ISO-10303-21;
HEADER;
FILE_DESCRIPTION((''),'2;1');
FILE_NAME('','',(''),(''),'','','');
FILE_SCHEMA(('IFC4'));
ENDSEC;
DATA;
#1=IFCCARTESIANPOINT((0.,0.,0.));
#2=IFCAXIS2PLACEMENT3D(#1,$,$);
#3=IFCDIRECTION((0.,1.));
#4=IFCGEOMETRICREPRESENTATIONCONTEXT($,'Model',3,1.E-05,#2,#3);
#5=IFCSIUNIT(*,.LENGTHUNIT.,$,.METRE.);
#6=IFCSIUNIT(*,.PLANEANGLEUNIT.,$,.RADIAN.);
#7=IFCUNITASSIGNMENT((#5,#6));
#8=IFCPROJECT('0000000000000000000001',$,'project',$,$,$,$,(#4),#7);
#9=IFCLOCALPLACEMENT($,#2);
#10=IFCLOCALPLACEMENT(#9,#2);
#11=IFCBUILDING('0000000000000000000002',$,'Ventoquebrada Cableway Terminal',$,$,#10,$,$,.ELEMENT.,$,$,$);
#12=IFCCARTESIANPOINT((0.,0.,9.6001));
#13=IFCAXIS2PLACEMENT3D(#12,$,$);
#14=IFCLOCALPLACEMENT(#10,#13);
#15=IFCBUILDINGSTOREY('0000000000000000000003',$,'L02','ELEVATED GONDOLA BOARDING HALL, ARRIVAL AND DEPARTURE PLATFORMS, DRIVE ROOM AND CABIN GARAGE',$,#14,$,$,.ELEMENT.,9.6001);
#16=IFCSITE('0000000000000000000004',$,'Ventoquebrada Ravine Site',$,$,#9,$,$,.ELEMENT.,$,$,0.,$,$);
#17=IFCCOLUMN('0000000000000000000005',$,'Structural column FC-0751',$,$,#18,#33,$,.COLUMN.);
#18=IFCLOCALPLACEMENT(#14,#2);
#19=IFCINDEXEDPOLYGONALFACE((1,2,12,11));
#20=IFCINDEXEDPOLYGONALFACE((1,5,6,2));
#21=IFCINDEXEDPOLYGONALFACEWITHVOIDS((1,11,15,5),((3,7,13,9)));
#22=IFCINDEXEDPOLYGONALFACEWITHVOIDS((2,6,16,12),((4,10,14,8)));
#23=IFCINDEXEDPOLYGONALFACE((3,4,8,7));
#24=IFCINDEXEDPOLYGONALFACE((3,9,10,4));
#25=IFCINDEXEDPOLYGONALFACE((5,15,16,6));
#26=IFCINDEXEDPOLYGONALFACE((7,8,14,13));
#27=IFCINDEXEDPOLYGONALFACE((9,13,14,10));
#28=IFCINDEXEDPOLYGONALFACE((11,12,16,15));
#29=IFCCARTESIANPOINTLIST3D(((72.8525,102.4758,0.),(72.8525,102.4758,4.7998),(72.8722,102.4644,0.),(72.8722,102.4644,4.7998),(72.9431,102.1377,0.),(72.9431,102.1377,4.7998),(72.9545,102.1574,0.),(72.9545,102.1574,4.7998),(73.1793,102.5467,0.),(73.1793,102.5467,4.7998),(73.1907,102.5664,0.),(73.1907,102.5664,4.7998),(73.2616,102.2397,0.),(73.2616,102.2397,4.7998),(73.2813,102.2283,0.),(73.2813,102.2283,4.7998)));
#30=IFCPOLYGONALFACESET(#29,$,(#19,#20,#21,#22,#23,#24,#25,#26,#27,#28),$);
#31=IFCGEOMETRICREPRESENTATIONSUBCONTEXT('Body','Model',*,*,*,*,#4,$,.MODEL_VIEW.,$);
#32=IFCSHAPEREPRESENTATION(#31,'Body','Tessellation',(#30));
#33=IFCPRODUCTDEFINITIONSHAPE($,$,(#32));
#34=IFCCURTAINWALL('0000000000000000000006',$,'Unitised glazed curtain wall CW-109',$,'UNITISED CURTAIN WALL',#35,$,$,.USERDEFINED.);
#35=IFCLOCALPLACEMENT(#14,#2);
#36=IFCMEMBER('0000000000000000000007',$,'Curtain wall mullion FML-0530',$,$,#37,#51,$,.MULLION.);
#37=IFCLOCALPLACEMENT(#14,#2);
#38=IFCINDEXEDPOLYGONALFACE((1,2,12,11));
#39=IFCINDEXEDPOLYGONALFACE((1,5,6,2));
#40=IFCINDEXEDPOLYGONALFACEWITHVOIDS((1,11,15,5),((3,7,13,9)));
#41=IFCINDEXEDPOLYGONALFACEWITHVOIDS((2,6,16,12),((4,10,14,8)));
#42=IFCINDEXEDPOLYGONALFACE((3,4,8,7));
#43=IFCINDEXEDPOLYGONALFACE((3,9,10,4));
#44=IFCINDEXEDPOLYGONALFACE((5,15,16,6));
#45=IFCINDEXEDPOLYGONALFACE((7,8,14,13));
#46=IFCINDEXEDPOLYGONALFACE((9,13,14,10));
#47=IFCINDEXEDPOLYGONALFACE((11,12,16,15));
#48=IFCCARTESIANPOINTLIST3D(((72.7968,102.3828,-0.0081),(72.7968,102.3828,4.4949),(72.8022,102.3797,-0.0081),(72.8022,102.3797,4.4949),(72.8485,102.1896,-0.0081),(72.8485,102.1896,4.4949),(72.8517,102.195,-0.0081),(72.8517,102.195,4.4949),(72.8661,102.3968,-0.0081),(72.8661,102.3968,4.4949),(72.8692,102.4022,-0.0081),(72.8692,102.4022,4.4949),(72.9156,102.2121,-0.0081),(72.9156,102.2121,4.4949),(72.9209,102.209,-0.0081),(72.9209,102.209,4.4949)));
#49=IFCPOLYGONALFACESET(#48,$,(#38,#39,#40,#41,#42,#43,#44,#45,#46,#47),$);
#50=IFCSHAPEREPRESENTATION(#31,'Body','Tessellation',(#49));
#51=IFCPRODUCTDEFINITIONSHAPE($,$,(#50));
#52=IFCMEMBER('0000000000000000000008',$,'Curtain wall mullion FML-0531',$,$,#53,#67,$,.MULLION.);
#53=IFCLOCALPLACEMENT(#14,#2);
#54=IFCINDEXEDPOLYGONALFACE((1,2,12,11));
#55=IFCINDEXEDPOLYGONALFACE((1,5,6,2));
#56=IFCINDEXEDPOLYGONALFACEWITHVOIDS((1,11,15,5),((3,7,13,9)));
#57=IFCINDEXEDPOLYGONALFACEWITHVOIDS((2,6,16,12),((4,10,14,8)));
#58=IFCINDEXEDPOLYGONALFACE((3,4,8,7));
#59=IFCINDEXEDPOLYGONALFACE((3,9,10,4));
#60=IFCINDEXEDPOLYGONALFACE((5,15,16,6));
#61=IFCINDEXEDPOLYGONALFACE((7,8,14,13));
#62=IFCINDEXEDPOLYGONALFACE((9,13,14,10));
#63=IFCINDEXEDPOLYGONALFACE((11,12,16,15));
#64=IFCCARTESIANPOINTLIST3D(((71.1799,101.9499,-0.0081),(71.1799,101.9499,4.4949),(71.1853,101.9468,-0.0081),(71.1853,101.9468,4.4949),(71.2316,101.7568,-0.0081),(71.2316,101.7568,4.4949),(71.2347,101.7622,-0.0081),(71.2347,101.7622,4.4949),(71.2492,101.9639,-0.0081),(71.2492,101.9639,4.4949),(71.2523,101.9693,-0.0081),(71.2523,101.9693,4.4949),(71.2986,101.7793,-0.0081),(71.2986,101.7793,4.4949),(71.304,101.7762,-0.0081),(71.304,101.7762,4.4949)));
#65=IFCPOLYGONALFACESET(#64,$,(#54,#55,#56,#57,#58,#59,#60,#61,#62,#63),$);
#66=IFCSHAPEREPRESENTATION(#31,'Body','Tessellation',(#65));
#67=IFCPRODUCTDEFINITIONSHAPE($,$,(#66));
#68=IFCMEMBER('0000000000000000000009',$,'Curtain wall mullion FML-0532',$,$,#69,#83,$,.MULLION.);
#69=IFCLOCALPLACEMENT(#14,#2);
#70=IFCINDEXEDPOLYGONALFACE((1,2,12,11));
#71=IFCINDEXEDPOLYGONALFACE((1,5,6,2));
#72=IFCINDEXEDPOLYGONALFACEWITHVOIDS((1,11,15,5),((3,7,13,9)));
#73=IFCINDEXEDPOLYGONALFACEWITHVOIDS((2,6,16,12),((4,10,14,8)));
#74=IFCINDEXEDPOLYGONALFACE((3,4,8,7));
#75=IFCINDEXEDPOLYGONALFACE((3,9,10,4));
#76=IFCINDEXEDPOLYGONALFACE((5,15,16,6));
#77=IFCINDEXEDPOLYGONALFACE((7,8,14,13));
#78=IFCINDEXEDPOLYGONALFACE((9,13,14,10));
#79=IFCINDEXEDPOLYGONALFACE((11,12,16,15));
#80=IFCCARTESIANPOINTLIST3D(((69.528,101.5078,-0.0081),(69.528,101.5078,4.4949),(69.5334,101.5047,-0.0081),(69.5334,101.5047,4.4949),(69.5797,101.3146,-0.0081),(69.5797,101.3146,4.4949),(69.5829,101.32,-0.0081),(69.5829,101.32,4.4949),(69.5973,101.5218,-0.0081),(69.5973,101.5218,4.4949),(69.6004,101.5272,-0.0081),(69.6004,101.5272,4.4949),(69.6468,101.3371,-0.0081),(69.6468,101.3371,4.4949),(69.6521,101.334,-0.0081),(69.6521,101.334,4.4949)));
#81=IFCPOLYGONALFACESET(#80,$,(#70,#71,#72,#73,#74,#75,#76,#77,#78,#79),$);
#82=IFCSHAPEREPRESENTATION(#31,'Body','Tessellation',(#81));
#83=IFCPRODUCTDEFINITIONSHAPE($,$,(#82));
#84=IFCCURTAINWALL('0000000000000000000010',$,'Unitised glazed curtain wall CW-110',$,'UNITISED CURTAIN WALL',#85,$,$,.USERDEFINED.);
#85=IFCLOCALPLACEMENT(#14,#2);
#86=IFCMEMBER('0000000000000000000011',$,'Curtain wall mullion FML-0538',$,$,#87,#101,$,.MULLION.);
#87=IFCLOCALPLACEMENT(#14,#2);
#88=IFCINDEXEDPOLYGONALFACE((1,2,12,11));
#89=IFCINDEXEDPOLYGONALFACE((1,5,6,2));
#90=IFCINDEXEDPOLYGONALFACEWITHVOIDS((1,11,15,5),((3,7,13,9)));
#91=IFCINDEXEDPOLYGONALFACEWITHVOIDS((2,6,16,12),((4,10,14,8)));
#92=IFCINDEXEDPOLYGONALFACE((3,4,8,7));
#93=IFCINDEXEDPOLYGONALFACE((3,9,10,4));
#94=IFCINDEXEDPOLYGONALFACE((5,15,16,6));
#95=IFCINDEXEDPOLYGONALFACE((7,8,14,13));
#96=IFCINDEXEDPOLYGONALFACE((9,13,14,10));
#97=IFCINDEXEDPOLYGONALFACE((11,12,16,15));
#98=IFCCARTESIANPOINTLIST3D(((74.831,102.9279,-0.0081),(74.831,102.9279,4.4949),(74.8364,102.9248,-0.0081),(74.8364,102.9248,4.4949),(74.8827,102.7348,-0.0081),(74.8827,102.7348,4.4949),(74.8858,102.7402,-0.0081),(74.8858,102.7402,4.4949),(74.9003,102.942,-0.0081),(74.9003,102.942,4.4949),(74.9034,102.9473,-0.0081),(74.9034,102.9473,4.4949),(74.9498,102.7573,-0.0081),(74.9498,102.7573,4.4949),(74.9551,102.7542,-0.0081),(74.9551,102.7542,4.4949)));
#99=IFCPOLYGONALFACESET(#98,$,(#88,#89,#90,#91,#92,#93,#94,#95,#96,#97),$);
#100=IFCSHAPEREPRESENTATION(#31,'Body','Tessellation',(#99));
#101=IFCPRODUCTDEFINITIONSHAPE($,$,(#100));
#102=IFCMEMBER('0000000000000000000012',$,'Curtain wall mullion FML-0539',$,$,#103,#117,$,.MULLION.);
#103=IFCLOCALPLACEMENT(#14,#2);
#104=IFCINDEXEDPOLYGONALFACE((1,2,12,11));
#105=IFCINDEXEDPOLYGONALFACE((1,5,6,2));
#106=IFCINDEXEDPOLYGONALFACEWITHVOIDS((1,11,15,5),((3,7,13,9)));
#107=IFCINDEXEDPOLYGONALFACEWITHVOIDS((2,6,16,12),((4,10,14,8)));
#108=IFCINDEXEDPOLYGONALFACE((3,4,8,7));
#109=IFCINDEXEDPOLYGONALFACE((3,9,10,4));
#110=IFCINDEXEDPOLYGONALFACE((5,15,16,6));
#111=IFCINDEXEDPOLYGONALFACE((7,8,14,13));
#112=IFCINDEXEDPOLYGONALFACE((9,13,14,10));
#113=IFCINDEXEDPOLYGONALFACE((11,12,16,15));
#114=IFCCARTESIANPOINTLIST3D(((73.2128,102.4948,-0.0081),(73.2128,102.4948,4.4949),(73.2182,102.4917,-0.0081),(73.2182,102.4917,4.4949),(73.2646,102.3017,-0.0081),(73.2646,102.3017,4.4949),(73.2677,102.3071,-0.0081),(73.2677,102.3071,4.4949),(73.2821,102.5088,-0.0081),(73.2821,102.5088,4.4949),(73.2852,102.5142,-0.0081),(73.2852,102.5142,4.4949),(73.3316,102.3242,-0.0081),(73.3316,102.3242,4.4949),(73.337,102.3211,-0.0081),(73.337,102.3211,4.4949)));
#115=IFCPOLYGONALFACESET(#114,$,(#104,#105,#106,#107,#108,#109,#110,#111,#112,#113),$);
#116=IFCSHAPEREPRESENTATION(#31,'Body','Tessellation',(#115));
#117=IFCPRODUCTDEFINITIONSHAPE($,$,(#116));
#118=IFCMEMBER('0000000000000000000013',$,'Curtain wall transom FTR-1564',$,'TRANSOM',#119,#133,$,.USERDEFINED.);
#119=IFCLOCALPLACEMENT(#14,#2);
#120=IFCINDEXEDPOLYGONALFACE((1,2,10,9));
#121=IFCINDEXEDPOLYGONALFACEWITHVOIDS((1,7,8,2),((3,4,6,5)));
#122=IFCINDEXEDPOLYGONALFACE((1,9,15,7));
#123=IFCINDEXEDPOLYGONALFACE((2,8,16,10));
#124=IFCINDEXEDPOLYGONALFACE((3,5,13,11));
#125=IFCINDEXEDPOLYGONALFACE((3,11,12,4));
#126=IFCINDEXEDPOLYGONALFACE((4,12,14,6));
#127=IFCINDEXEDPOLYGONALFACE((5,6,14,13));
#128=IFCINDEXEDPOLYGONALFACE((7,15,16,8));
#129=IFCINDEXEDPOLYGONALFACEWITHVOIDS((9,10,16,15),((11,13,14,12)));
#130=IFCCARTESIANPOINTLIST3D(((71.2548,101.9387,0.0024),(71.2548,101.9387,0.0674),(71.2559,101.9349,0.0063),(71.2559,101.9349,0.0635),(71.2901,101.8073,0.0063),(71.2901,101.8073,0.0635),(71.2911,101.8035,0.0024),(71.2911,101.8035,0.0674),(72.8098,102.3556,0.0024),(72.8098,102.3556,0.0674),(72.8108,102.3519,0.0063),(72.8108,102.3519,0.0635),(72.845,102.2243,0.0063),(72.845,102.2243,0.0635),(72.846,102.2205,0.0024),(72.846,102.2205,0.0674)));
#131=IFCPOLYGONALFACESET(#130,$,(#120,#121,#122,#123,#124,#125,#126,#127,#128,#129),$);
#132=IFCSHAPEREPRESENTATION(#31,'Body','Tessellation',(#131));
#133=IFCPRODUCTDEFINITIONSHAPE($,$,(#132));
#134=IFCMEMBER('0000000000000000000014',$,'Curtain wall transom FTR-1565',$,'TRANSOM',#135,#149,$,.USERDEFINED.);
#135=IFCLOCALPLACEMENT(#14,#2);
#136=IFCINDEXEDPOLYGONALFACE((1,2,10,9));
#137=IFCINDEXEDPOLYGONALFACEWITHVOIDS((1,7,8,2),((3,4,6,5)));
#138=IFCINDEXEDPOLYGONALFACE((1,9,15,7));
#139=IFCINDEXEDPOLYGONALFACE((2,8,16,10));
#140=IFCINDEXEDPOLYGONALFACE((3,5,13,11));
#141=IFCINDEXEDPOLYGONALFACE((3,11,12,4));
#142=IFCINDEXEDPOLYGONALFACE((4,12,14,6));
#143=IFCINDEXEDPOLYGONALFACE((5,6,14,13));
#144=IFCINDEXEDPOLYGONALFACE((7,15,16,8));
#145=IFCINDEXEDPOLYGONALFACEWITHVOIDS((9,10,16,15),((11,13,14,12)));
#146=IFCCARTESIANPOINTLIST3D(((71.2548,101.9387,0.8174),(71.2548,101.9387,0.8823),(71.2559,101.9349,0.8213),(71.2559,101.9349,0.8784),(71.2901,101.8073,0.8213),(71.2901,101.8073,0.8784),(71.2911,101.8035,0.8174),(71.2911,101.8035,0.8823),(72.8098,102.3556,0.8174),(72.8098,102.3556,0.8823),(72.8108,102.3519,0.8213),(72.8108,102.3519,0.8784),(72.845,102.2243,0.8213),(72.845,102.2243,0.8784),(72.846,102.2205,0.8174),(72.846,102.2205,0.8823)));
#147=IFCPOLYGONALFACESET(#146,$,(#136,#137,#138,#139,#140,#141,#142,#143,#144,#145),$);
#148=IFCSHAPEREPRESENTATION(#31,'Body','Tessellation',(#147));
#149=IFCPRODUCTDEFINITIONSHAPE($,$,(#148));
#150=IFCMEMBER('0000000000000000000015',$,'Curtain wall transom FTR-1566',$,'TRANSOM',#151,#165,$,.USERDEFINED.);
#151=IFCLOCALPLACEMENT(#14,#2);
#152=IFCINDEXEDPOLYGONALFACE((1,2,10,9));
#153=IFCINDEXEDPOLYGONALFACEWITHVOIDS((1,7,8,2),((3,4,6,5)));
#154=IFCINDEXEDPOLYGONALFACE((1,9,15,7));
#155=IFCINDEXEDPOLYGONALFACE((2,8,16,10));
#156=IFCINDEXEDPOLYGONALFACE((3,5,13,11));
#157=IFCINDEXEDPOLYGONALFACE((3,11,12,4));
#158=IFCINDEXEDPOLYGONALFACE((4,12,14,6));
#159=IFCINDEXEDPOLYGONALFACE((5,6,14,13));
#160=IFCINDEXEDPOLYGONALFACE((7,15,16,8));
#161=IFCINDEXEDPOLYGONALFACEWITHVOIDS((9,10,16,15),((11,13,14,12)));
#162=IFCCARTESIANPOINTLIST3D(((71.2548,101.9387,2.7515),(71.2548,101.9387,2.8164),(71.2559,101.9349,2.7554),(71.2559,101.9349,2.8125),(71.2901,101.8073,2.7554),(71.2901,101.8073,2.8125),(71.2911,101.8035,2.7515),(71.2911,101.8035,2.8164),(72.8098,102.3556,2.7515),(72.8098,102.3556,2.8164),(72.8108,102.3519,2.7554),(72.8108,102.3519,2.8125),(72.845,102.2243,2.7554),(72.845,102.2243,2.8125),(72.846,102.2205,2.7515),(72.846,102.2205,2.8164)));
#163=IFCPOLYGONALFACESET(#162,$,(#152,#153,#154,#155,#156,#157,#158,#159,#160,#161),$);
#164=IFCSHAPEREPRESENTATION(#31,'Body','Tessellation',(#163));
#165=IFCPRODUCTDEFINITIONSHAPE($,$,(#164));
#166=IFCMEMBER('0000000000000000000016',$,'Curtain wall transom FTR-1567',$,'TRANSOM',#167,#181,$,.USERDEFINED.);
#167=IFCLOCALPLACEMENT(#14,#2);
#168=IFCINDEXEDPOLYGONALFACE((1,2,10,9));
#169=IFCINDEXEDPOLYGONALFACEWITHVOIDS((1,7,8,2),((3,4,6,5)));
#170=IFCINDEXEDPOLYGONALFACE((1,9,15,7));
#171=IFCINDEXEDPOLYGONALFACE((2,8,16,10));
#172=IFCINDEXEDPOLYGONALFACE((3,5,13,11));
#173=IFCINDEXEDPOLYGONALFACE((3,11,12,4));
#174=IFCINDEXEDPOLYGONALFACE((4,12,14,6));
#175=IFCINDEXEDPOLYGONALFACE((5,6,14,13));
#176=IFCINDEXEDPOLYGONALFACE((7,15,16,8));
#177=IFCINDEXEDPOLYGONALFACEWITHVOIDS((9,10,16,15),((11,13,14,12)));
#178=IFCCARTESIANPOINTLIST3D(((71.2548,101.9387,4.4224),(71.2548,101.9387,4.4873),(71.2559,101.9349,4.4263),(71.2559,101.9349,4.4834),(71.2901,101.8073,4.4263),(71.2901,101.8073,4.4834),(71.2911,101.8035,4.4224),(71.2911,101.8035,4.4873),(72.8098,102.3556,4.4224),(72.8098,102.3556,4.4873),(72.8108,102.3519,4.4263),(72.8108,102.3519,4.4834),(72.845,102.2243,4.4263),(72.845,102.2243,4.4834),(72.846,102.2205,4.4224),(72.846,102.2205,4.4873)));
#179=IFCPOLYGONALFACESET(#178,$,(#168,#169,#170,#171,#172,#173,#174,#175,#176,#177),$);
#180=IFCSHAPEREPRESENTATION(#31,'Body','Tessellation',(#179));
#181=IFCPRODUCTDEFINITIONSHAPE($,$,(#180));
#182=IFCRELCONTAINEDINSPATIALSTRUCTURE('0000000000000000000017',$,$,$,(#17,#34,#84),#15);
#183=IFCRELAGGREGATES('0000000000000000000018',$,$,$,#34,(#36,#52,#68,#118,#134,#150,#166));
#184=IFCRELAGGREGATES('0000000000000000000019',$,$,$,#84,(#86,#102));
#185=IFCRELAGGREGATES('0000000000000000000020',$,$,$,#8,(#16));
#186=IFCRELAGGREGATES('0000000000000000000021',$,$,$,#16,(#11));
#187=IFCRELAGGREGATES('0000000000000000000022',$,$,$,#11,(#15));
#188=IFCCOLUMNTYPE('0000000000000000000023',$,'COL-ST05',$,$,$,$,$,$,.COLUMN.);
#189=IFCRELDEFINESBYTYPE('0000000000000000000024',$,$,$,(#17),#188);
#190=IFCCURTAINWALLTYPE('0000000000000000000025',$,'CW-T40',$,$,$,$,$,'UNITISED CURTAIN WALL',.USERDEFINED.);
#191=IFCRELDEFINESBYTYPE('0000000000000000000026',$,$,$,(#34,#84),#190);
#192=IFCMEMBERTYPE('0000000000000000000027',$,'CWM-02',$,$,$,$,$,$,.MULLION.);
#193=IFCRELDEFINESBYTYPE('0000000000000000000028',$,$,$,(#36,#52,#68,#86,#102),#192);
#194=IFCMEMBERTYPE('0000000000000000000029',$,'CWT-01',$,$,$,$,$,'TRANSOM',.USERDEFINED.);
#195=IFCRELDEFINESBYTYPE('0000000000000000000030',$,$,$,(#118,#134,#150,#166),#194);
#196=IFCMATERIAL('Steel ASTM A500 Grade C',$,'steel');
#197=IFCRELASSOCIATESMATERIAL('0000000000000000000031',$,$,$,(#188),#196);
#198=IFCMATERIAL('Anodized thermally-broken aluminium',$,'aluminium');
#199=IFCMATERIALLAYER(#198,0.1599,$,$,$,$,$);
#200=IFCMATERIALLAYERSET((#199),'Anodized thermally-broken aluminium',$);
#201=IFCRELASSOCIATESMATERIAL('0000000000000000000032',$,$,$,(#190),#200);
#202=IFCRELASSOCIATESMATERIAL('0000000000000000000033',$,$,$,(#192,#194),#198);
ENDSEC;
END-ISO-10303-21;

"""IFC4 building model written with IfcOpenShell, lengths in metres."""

from ifc_helpers import new_model, si_unit, direction, frame, origin, origin_2d, place, context, subcontext, project, spatial, hollow_rectangle, extrude, material, layer, layer_set, material_profile, profile_set, type_object, element, aggregate, save


model = new_model("IFC4")

# Units and contexts
model_context = context("Model", 3, precision=1e-05, world=origin(), true_north=direction((0.0, 1.0)))
body_context = subcontext(model_context, "Body", "Model", "MODEL_VIEW")
ifc_project = project(units=[si_unit("LENGTHUNIT", "METRE"), si_unit("PLANEANGLEUNIT", "RADIAN")], contexts=[model_context])

# Site, building, storey
site_placement = place(None, origin())
site = spatial("IfcSite", under=ifc_project, at=site_placement, Name="Ventoquebrada Ravine Site", CompositionType="ELEMENT", RefElevation=0.0)
building_placement = place(site_placement, origin())
building = spatial("IfcBuilding", under=site, at=building_placement, Name="Ventoquebrada Cableway Terminal", CompositionType="ELEMENT")
storey_placement = place(building_placement, frame((0.0, 0.0, 9.6001)))
storey = spatial("IfcBuildingStorey", under=building, at=storey_placement, Name="L02", Description="ELEVATED GONDOLA BOARDING HALL, ARRIVAL AND DEPARTURE PLATFORMS, DRIVE ROOM AND CABIN GARAGE", CompositionType="ELEMENT", Elevation=9.6001)

# Column
ifc_material_1 = material(Name="Steel ASTM A500 Grade C", Category="steel")
ifc_material_profile_1 = material_profile(ifc_material_1, hollow_rectangle(XDim=0.3501, YDim=0.3501, WallThickness=0.0161, at=origin_2d()), Name="HSS350X350X16")
ifc_profile_set_1 = profile_set([ifc_material_profile_1], Name="Steel ASTM A500 Grade C")
column_type = type_object("IfcColumnType", Name="COL-ST05", PredefinedType="COLUMN", material=ifc_profile_set_1)
column_placement = place(storey_placement, frame((73.0669, 102.3521, 0.0), z_axis=(0.0, 0.0, 1.0), x_axis=(0.965926, 0.258819, 0.0)))
element("IfcColumn", 1, at=column_placement, inside=storey, type_object=column_type, Name="Structural column FC-0751", PredefinedType="COLUMN", context=body_context, shape_type="SweptSolid", body=[
    extrude(hollow_rectangle(XDim=0.3501, YDim=0.3501, WallThickness=0.0161, at=origin_2d()), origin(), (0.0, 0.0, 1.0), 4.7998),
])

# Curtain walls, members
ifc_material_2 = material(Name="Anodized thermally-broken aluminium", Category="aluminium")
ifc_layer_1 = layer(ifc_material_2, 0.1599)
ifc_layer_set_1 = layer_set([ifc_layer_1], Name="Anodized thermally-broken aluminium")
curtain_wall_type = type_object("IfcCurtainWallType", Name="CW-T40", ElementType="UNITISED CURTAIN WALL", PredefinedType="USERDEFINED", material=ifc_layer_set_1)
curtain_wall_1_placement = place(storey_placement, origin())
curtain_wall_1 = element("IfcCurtainWall", 2, at=curtain_wall_1_placement, inside=storey, type_object=curtain_wall_type, Name="Unitised glazed curtain wall CW-109", ObjectType="UNITISED CURTAIN WALL", PredefinedType="USERDEFINED")
ifc_material_profile_2 = material_profile(ifc_material_2, hollow_rectangle(XDim=0.075, YDim=0.2, WallThickness=0.0044, at=origin_2d()), Name="CW-MUL-75X200")
ifc_profile_set_2 = profile_set([ifc_material_profile_2], Name="Anodized thermally-broken aluminium")
member_type_1 = type_object("IfcMemberType", Name="CWM-02", PredefinedType="MULLION", material=ifc_profile_set_2)
member_1_placement = place(storey_placement, frame((72.8589, 102.2959, -0.0081), z_axis=(0.0, 0.0, 1.0), x_axis=(-0.965966, -0.258667, 0.0)))
member_1 = element("IfcMember", 3, at=member_1_placement, type_object=member_type_1, Name="Curtain wall mullion FML-0530", PredefinedType="MULLION", context=body_context, shape_type="SweptSolid", body=[
    extrude(hollow_rectangle(XDim=0.075, YDim=0.2, WallThickness=0.0044, at=origin_2d()), origin(), (0.0, 0.0, 1.0), 4.5029),
])
member_2_placement = place(storey_placement, frame((71.2419, 101.863, -0.0081), z_axis=(0.0, 0.0, 1.0), x_axis=(-0.965966, -0.258667, 0.0)))
member_2 = element("IfcMember", 4, at=member_2_placement, type_object=member_type_1, Name="Curtain wall mullion FML-0531", PredefinedType="MULLION", context=body_context, shape_type="SweptSolid", body=[
    extrude(hollow_rectangle(XDim=0.075, YDim=0.2, WallThickness=0.0044, at=origin_2d()), origin(), (0.0, 0.0, 1.0), 4.5029),
])
member_3_placement = place(storey_placement, frame((69.5901, 101.4209, -0.0081), z_axis=(0.0, 0.0, 1.0), x_axis=(-0.965966, -0.258667, 0.0)))
member_3 = element("IfcMember", 5, at=member_3_placement, type_object=member_type_1, Name="Curtain wall mullion FML-0532", PredefinedType="MULLION", context=body_context, shape_type="SweptSolid", body=[
    extrude(hollow_rectangle(XDim=0.075, YDim=0.2, WallThickness=0.0044, at=origin_2d()), origin(), (0.0, 0.0, 1.0), 4.5029),
])
curtain_wall_2_placement = place(storey_placement, origin())
curtain_wall_2 = element("IfcCurtainWall", 6, at=curtain_wall_2_placement, inside=storey, type_object=curtain_wall_type, Name="Unitised glazed curtain wall CW-110", ObjectType="UNITISED CURTAIN WALL", PredefinedType="USERDEFINED")
member_4_placement = place(storey_placement, frame((74.8931, 102.8411, -0.0081), z_axis=(0.0, 0.0, 1.0), x_axis=(-0.965939, -0.258768, 0.0)))
member_4 = element("IfcMember", 7, at=member_4_placement, type_object=member_type_1, Name="Curtain wall mullion FML-0538", PredefinedType="MULLION", context=body_context, shape_type="SweptSolid", body=[
    extrude(hollow_rectangle(XDim=0.075, YDim=0.2, WallThickness=0.0044, at=origin_2d()), origin(), (0.0, 0.0, 1.0), 4.5029),
])
member_5_placement = place(storey_placement, frame((73.2749, 102.408, -0.0081), z_axis=(0.0, 0.0, 1.0), x_axis=(-0.965939, -0.258768, 0.0)))
member_5 = element("IfcMember", 8, at=member_5_placement, type_object=member_type_1, Name="Curtain wall mullion FML-0539", PredefinedType="MULLION", context=body_context, shape_type="SweptSolid", body=[
    extrude(hollow_rectangle(XDim=0.075, YDim=0.2, WallThickness=0.0044, at=origin_2d()), origin(), (0.0, 0.0, 1.0), 4.5029),
])

# Members
ifc_material_profile_3 = material_profile(ifc_material_2, hollow_rectangle(XDim=0.0649, YDim=0.1399, WallThickness=0.0039, at=origin_2d()), Name="CW-TRN-65X140")
ifc_profile_set_3 = profile_set([ifc_material_profile_3], Name="Anodized thermally-broken aluminium")
member_type_2 = type_object("IfcMemberType", Name="CWT-01", ElementType="TRANSOM", PredefinedType="USERDEFINED", material=ifc_profile_set_3)
member_6_placement = place(storey_placement, frame((72.8279, 102.2881, 0.0349), z_axis=(-0.965872, -0.259022, 0.0), x_axis=(0.0, 0.0, 1.0)))
member_6 = element("IfcMember", 9, at=member_6_placement, type_object=member_type_2, Name="Curtain wall transom FTR-1564", ObjectType="TRANSOM", PredefinedType="USERDEFINED", context=body_context, shape_type="SweptSolid", body=[
    extrude(hollow_rectangle(XDim=0.0649, YDim=0.1399, WallThickness=0.0039, at=origin_2d()), origin(), (0.0, 0.0, 1.0), 1.6099),
])
member_7_placement = place(storey_placement, frame((72.8279, 102.2881, 0.8499), z_axis=(-0.965872, -0.259022, 0.0), x_axis=(0.0, 0.0, 1.0)))
member_7 = element("IfcMember", 10, at=member_7_placement, type_object=member_type_2, Name="Curtain wall transom FTR-1565", ObjectType="TRANSOM", PredefinedType="USERDEFINED", context=body_context, shape_type="SweptSolid", body=[
    extrude(hollow_rectangle(XDim=0.0649, YDim=0.1399, WallThickness=0.0039, at=origin_2d()), origin(), (0.0, 0.0, 1.0), 1.6099),
])
member_8_placement = place(storey_placement, frame((72.8279, 102.2881, 2.7839), z_axis=(-0.965872, -0.259022, 0.0), x_axis=(0.0, 0.0, 1.0)))
member_8 = element("IfcMember", 11, at=member_8_placement, type_object=member_type_2, Name="Curtain wall transom FTR-1566", ObjectType="TRANSOM", PredefinedType="USERDEFINED", context=body_context, shape_type="SweptSolid", body=[
    extrude(hollow_rectangle(XDim=0.0649, YDim=0.1399, WallThickness=0.0039, at=origin_2d()), origin(), (0.0, 0.0, 1.0), 1.6099),
])
member_9_placement = place(storey_placement, frame((72.8279, 102.2881, 4.4548), z_axis=(-0.965872, -0.259022, 0.0), x_axis=(0.0, 0.0, 1.0)))
member_9 = element("IfcMember", 12, at=member_9_placement, type_object=member_type_2, Name="Curtain wall transom FTR-1567", ObjectType="TRANSOM", PredefinedType="USERDEFINED", context=body_context, shape_type="SweptSolid", body=[
    extrude(hollow_rectangle(XDim=0.0649, YDim=0.1399, WallThickness=0.0039, at=origin_2d()), origin(), (0.0, 0.0, 1.0), 1.6099),
])

aggregate(curtain_wall_1, [member_1, member_2, member_3, member_6, member_7, member_8, member_9])
aggregate(curtain_wall_2, [member_4, member_5])

save(model, "model.ifc")
